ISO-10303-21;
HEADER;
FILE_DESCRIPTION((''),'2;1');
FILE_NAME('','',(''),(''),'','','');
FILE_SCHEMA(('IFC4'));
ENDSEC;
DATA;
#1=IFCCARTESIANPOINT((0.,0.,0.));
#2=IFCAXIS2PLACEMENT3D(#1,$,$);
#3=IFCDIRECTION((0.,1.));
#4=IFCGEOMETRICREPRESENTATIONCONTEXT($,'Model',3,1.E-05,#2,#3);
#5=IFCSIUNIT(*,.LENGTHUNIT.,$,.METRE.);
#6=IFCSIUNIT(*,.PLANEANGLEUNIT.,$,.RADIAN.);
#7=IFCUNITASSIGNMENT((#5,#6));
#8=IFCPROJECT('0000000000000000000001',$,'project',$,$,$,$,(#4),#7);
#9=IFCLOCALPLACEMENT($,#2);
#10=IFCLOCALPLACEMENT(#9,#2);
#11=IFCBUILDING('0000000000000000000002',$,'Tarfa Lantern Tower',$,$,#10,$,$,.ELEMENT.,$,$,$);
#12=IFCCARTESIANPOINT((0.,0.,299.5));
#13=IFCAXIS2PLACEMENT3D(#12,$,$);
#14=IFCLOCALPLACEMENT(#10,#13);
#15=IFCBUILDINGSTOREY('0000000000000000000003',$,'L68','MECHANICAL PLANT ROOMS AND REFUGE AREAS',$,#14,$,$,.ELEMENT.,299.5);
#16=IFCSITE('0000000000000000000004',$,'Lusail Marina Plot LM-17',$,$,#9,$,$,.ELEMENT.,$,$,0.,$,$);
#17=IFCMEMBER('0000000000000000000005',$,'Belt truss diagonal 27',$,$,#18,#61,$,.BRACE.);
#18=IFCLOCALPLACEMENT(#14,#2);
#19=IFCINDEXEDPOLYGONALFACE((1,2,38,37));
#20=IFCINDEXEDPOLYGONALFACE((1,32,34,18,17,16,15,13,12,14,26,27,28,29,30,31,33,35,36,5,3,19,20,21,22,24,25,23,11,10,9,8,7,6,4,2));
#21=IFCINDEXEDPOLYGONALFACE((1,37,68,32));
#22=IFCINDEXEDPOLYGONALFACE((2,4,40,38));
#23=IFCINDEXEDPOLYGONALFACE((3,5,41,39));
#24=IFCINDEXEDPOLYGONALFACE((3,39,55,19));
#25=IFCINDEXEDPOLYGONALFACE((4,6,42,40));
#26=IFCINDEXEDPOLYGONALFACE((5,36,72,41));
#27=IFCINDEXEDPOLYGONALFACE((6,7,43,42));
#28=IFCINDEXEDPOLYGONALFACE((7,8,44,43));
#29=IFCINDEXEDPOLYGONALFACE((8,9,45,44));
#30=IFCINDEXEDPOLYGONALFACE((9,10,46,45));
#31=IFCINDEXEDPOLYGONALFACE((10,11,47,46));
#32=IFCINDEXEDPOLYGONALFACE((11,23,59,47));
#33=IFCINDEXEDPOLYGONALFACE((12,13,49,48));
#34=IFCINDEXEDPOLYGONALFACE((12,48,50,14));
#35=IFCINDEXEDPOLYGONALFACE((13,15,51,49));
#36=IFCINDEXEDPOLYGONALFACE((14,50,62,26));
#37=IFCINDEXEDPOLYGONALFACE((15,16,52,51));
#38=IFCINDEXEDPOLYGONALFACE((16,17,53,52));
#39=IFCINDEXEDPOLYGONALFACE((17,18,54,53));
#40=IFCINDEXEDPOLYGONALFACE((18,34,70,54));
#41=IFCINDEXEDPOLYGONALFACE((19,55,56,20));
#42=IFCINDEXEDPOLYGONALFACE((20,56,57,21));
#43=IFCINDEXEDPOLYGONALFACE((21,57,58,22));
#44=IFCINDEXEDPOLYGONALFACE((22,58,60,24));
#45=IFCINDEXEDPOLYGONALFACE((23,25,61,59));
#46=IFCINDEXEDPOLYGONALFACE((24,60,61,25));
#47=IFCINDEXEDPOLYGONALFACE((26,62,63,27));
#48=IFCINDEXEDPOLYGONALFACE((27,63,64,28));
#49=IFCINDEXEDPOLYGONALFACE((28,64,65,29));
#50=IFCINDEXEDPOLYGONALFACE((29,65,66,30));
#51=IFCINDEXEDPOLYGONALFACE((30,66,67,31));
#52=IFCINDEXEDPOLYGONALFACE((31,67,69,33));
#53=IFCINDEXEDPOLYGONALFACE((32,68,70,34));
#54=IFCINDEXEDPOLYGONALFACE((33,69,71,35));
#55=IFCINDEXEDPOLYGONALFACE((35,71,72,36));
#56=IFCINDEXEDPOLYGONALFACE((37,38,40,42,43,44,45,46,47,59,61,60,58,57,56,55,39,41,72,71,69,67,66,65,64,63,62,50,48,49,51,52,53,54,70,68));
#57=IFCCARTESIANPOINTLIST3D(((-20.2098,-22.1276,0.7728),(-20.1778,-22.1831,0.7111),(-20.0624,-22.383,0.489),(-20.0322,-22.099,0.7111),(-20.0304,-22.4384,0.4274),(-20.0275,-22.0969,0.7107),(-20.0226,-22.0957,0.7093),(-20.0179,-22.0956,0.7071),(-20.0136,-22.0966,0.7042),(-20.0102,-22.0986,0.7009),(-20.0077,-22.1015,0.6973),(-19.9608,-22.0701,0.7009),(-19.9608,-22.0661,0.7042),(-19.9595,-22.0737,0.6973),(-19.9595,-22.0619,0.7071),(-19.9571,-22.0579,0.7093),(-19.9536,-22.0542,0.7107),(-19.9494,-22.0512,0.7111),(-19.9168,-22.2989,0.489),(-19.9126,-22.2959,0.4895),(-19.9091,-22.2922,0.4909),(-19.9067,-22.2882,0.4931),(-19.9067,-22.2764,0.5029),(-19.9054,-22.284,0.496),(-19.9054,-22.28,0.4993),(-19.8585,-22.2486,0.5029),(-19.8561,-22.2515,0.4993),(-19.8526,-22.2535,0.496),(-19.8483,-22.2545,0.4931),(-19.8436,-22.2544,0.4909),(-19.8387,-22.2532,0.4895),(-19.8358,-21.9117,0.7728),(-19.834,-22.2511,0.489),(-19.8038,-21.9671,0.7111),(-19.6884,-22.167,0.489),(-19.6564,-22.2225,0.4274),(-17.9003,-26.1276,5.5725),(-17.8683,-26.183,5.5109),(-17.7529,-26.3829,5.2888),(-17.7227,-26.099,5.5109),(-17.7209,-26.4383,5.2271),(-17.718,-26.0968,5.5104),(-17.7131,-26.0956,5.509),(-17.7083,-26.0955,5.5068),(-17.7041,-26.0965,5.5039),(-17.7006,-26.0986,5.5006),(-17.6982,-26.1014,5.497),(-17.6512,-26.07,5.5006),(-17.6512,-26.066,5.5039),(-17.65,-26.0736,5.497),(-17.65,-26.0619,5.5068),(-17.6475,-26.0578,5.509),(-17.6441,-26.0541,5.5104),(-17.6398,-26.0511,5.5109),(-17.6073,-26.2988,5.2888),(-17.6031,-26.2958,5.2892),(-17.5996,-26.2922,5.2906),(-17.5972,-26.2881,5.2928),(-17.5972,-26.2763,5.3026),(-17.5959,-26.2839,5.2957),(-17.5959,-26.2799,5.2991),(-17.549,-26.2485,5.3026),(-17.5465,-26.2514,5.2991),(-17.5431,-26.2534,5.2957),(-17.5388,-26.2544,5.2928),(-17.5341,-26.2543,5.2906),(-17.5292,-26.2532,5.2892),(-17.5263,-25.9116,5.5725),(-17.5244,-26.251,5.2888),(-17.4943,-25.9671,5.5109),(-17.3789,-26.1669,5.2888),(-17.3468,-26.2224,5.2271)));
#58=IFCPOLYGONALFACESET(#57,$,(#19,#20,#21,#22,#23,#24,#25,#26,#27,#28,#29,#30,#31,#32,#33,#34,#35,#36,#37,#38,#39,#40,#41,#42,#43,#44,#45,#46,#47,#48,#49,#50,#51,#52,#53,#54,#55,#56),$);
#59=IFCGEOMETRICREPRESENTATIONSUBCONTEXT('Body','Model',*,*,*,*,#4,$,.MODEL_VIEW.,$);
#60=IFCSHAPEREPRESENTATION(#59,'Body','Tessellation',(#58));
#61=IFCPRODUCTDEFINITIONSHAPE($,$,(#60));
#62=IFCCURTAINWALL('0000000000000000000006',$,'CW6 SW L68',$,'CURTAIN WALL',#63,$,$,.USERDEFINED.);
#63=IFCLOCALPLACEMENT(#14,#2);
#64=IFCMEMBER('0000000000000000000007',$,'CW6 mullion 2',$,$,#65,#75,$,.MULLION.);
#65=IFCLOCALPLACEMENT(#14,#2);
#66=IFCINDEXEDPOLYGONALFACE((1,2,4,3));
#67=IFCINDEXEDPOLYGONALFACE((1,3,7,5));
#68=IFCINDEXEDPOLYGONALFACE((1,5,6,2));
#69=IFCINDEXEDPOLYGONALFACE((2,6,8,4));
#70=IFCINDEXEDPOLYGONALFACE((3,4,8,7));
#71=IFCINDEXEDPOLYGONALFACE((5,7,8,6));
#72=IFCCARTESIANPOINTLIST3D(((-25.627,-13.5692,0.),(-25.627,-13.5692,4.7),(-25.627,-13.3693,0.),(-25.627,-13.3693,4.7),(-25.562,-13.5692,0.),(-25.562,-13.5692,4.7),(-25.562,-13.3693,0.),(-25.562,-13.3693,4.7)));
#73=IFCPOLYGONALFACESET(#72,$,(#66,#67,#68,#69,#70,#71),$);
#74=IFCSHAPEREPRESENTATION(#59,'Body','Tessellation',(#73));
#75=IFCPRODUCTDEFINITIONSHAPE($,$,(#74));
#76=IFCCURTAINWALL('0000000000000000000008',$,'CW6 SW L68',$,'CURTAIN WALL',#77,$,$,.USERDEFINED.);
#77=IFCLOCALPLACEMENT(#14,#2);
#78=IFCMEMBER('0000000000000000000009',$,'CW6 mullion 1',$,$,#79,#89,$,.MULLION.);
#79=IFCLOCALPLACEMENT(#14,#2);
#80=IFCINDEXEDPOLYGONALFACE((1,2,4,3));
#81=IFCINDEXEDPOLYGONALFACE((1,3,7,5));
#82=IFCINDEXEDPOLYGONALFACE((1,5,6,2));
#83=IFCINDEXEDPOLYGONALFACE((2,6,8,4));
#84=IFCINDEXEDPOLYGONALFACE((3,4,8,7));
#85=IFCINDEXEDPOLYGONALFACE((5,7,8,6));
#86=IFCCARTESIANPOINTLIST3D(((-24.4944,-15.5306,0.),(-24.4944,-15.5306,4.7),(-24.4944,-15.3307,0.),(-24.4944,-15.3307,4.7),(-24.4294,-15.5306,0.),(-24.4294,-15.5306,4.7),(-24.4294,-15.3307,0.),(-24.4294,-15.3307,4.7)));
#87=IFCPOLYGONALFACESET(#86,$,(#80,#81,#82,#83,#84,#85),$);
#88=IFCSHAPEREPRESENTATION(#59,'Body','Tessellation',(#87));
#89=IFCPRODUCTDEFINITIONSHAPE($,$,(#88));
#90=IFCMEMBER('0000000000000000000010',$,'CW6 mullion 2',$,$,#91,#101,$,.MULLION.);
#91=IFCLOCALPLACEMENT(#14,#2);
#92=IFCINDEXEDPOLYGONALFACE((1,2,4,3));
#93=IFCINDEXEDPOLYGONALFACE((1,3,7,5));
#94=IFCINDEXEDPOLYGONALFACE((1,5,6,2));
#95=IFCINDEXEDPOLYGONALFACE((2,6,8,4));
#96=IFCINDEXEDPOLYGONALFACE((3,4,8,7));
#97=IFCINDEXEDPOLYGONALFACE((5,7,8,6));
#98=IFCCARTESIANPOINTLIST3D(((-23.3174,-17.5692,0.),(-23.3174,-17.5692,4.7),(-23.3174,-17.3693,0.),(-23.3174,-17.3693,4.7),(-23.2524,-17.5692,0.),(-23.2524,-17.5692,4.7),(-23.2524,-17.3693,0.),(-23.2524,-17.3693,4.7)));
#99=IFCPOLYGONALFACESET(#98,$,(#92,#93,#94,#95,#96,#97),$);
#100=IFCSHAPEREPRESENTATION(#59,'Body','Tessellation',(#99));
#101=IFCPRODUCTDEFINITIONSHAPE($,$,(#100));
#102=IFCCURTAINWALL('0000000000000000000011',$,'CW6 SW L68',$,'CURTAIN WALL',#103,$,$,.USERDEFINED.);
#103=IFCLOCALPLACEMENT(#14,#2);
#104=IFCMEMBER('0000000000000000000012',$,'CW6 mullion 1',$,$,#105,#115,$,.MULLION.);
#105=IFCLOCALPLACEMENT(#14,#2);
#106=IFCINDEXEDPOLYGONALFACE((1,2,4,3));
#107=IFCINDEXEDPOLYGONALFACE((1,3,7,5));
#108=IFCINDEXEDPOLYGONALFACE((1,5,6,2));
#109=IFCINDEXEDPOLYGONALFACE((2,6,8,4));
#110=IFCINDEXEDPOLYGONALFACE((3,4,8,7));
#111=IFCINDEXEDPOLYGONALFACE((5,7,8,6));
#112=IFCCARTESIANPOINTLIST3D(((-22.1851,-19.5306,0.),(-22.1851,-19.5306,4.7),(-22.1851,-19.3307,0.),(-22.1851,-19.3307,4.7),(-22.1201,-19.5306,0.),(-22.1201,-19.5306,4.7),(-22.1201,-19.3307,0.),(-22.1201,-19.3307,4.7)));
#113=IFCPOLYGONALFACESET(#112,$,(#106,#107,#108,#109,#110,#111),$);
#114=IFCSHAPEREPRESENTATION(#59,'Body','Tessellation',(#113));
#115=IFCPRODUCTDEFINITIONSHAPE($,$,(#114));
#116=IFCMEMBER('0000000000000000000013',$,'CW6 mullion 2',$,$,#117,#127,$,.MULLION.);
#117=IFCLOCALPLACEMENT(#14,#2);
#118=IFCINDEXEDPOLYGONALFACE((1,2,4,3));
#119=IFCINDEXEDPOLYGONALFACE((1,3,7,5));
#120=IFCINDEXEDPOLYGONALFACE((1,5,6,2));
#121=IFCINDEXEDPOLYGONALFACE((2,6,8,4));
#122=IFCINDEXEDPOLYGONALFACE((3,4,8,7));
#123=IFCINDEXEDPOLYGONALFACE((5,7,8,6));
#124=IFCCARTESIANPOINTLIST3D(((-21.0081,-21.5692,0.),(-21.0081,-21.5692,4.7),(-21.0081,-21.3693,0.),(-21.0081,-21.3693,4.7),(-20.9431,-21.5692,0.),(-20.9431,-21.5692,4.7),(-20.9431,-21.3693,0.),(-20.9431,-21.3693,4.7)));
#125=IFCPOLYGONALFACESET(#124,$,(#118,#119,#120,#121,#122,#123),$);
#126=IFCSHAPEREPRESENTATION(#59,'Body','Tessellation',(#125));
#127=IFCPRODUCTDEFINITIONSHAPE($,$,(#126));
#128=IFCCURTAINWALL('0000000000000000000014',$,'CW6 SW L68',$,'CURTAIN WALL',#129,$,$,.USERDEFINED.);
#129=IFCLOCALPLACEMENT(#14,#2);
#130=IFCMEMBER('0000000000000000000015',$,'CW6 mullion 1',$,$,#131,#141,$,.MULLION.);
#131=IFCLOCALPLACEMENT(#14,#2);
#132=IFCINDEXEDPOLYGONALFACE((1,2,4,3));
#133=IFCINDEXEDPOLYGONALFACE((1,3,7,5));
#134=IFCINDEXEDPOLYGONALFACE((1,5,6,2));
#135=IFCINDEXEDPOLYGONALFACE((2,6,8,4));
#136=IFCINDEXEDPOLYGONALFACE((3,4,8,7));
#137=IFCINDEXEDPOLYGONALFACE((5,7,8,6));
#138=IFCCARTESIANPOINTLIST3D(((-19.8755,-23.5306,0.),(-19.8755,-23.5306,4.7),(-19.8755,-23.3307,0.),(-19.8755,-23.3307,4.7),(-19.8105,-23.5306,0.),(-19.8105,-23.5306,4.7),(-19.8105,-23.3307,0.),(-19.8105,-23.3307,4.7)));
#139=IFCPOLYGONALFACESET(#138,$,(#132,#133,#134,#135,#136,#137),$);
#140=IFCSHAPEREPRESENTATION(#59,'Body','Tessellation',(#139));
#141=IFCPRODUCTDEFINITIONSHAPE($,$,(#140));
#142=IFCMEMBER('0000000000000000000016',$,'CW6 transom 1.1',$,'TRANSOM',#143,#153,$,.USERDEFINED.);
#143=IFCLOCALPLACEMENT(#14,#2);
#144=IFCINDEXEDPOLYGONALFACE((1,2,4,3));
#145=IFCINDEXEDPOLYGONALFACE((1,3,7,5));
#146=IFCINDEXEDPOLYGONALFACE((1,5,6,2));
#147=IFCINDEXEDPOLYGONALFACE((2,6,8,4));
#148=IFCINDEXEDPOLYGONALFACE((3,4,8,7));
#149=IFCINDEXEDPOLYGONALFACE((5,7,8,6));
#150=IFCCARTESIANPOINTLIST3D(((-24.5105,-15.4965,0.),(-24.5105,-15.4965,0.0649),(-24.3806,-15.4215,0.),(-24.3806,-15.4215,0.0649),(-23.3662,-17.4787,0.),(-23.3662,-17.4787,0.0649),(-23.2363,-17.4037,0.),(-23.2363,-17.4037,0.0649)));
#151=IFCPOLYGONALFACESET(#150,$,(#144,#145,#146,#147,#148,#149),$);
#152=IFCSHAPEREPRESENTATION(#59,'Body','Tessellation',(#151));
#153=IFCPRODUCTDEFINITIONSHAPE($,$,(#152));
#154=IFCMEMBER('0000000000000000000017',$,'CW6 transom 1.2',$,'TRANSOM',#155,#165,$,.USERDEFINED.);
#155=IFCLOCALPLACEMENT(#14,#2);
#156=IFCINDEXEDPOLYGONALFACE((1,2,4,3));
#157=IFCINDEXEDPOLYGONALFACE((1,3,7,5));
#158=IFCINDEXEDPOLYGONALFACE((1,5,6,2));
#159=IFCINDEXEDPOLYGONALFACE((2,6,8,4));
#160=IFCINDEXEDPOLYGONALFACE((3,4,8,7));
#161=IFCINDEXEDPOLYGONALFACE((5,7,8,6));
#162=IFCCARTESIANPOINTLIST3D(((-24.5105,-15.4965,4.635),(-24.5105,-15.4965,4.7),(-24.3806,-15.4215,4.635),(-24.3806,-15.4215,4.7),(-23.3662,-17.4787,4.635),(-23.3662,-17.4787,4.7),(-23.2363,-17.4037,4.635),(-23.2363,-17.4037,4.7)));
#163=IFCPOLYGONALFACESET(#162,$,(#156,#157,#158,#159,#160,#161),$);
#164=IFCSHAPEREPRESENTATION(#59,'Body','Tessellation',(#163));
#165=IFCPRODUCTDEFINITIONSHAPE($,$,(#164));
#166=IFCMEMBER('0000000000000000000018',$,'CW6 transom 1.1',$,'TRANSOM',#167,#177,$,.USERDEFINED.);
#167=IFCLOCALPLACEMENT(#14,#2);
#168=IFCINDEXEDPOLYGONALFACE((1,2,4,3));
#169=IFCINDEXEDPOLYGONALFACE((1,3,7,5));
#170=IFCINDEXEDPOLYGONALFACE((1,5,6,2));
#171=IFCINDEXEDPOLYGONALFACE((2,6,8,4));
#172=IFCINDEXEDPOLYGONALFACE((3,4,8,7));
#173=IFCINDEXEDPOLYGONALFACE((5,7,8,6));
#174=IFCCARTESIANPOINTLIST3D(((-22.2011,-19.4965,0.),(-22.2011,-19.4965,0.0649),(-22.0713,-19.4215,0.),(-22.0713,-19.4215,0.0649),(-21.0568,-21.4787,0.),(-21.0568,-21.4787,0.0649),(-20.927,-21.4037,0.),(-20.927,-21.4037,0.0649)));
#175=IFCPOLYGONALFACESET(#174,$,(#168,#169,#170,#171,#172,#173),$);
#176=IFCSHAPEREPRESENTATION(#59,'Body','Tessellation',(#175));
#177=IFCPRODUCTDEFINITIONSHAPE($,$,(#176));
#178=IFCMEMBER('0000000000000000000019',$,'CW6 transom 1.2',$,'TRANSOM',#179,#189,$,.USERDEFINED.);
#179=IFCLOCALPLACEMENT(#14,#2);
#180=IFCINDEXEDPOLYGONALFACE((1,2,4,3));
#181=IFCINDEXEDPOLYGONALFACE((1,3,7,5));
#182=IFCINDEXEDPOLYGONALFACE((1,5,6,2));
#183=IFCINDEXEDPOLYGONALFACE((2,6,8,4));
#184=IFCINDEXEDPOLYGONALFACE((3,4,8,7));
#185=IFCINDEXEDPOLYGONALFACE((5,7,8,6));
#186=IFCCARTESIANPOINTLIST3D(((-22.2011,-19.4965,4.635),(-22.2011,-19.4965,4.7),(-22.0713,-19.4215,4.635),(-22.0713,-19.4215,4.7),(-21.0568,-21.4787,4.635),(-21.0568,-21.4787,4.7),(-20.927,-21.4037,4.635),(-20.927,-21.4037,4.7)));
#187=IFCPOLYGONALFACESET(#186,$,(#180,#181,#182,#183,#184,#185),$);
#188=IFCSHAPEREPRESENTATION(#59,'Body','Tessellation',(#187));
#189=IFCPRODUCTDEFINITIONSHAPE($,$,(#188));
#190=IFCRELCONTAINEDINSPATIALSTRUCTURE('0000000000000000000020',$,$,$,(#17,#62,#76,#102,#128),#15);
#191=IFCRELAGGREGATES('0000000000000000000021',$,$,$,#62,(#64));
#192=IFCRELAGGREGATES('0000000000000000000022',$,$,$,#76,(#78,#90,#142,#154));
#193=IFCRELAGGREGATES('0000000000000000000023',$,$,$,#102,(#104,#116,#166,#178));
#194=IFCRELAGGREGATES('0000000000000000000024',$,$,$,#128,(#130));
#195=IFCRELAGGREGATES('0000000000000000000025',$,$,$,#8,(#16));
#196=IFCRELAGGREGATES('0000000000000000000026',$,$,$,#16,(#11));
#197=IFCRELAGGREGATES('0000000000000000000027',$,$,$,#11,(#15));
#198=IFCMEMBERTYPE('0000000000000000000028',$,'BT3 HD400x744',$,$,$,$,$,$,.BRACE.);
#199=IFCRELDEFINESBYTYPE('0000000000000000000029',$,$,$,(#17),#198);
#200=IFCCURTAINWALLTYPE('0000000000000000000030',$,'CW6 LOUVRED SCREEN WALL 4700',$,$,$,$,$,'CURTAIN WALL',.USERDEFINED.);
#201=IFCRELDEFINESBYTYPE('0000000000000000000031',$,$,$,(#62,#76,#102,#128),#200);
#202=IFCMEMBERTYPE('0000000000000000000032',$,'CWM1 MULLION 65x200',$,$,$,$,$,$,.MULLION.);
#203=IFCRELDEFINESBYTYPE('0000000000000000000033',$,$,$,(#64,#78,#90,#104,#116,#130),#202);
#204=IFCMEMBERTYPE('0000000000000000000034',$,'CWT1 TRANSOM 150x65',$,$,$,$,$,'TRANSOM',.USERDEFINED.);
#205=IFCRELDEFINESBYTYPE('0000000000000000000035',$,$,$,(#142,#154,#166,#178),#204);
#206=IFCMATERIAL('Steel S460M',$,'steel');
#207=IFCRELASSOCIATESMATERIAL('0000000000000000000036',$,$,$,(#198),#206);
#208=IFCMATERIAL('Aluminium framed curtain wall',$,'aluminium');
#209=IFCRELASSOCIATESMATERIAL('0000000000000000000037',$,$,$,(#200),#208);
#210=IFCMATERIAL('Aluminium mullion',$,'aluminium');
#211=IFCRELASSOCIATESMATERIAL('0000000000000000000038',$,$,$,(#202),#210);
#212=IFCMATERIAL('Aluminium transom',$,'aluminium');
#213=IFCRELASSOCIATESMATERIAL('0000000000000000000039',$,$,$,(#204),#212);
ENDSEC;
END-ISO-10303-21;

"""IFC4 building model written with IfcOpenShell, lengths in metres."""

from ifc_helpers import new_model, si_unit, direction, frame, origin, origin_2d, place, context, subcontext, project, spatial, rectangle, i_section, extrude, material, material_profile, profile_set, type_object, element, aggregate, save


model = new_model("IFC4")

# Units and contexts
model_context = context("Model", 3, precision=1e-05, world=origin(), true_north=direction((0.0, 1.0)))
body_context = subcontext(model_context, "Body", "Model", "MODEL_VIEW")
ifc_project = project(units=[si_unit("LENGTHUNIT", "METRE"), si_unit("PLANEANGLEUNIT", "RADIAN")], contexts=[model_context])

# Site, building, storey
site_placement = place(None, origin())
site = spatial("IfcSite", under=ifc_project, at=site_placement, Name="Lusail Marina Plot LM-17", CompositionType="ELEMENT", RefElevation=0.0)
building_placement = place(site_placement, origin())
building = spatial("IfcBuilding", under=site, at=building_placement, Name="Tarfa Lantern Tower", CompositionType="ELEMENT")
storey_placement = place(building_placement, frame((0.0, 0.0, 299.5)))
storey = spatial("IfcBuildingStorey", under=building, at=storey_placement, Name="L68", Description="MECHANICAL PLANT ROOMS AND REFUGE AREAS", CompositionType="ELEMENT", Elevation=299.5)

# Member
ifc_material_1 = material(Name="Steel S460M", Category="steel")
ifc_material_profile_1 = material_profile(ifc_material_1, i_section(OverallWidth=0.4319, OverallDepth=0.498, WebThickness=0.0557, FlangeThickness=0.0889, FilletRadius=0.02, at=origin_2d()), Name="HD400x744")
ifc_profile_set_1 = profile_set([ifc_material_profile_1], Name="Steel S460M")
member_type_1 = type_object("IfcMemberType", Name="BT3 HD400x744", PredefinedType="BRACE", material=ifc_profile_set_1)
for number, where, z_axis, x_axis, name in (
    (1, (-19.9331, -22.175, 0.6001), (0.346717, -0.600488, 0.720556), (0.86601, 0.500027, 0.0), "Belt truss diagonal 27"),
):
    element("IfcMember", number, at=place(storey_placement, frame(where, z_axis=z_axis, x_axis=x_axis)), inside=storey, type_object=member_type_1, Name=name, PredefinedType="BRACE", context=body_context, shape_type="SweptSolid", body=[
        extrude(i_section(OverallWidth=0.4319, OverallDepth=0.498, WebThickness=0.0557, FlangeThickness=0.0889, FilletRadius=0.02, at=origin_2d()), origin(), (0.0, 0.0, 1.0), 6.6611),
    ])

# Curtain wall, member
ifc_material_2 = material(Name="Aluminium framed curtain wall", Category="aluminium")
curtain_wall_type = type_object("IfcCurtainWallType", Name="CW6 LOUVRED SCREEN WALL 4700", ElementType="CURTAIN WALL", PredefinedType="USERDEFINED", material=ifc_material_2)
curtain_wall_1_placement = place(storey_placement, origin())
curtain_wall_1 = element("IfcCurtainWall", 2, at=curtain_wall_1_placement, inside=storey, type_object=curtain_wall_type, Name="CW6 SW L68", ObjectType="CURTAIN WALL", PredefinedType="USERDEFINED")
ifc_material_3 = material(Name="Aluminium mullion", Category="aluminium")
ifc_material_profile_2 = material_profile(ifc_material_3, rectangle(XDim=0.0649, YDim=0.2, at=origin_2d()), Name="AL MULLION 65x200")
ifc_profile_set_2 = profile_set([ifc_material_profile_2], Name="Aluminium mullion")
member_type_2 = type_object("IfcMemberType", Name="CWM1 MULLION 65x200", PredefinedType="MULLION", material=ifc_profile_set_2)
member_1_placement = place(storey_placement, frame((-25.5945, -13.4692, 0.0), z_axis=(0.0, 0.0, 1.0), x_axis=(1.0, 0.0, 0.0)))
member_1 = element("IfcMember", 3, at=member_1_placement, type_object=member_type_2, Name="CW6 mullion 2", PredefinedType="MULLION", context=body_context, shape_type="SweptSolid", body=[
    extrude(rectangle(XDim=0.0649, YDim=0.2, at=origin_2d()), origin(), (0.0, 0.0, 1.0), 4.7),
])
aggregate(curtain_wall_1, [member_1])

# Curtain walls, members
curtain_wall_2_placement = place(storey_placement, origin())
curtain_wall_2 = element("IfcCurtainWall", 4, at=curtain_wall_2_placement, inside=storey, type_object=curtain_wall_type, Name="CW6 SW L68", ObjectType="CURTAIN WALL", PredefinedType="USERDEFINED")
member_2_placement = place(storey_placement, frame((-24.4619, -15.4307, 0.0), z_axis=(0.0, 0.0, 1.0), x_axis=(1.0, 0.0, 0.0)))
member_2 = element("IfcMember", 5, at=member_2_placement, type_object=member_type_2, Name="CW6 mullion 1", PredefinedType="MULLION", context=body_context, shape_type="SweptSolid", body=[
    extrude(rectangle(XDim=0.0649, YDim=0.2, at=origin_2d()), origin(), (0.0, 0.0, 1.0), 4.7),
])
member_3_placement = place(storey_placement, frame((-23.2849, -17.4692, 0.0), z_axis=(0.0, 0.0, 1.0), x_axis=(1.0, 0.0, 0.0)))
member_3 = element("IfcMember", 6, at=member_3_placement, type_object=member_type_2, Name="CW6 mullion 2", PredefinedType="MULLION", context=body_context, shape_type="SweptSolid", body=[
    extrude(rectangle(XDim=0.0649, YDim=0.2, at=origin_2d()), origin(), (0.0, 0.0, 1.0), 4.7),
])
curtain_wall_3_placement = place(storey_placement, origin())
curtain_wall_3 = element("IfcCurtainWall", 7, at=curtain_wall_3_placement, inside=storey, type_object=curtain_wall_type, Name="CW6 SW L68", ObjectType="CURTAIN WALL", PredefinedType="USERDEFINED")
member_4_placement = place(storey_placement, frame((-22.1526, -19.4307, 0.0), z_axis=(0.0, 0.0, 1.0), x_axis=(1.0, 0.0, 0.0)))
member_4 = element("IfcMember", 8, at=member_4_placement, type_object=member_type_2, Name="CW6 mullion 1", PredefinedType="MULLION", context=body_context, shape_type="SweptSolid", body=[
    extrude(rectangle(XDim=0.0649, YDim=0.2, at=origin_2d()), origin(), (0.0, 0.0, 1.0), 4.7),
])
member_5_placement = place(storey_placement, frame((-20.9756, -21.4692, 0.0), z_axis=(0.0, 0.0, 1.0), x_axis=(1.0, 0.0, 0.0)))
member_5 = element("IfcMember", 9, at=member_5_placement, type_object=member_type_2, Name="CW6 mullion 2", PredefinedType="MULLION", context=body_context, shape_type="SweptSolid", body=[
    extrude(rectangle(XDim=0.0649, YDim=0.2, at=origin_2d()), origin(), (0.0, 0.0, 1.0), 4.7),
])

# Curtain wall, member
curtain_wall_4_placement = place(storey_placement, origin())
curtain_wall_4 = element("IfcCurtainWall", 10, at=curtain_wall_4_placement, inside=storey, type_object=curtain_wall_type, Name="CW6 SW L68", ObjectType="CURTAIN WALL", PredefinedType="USERDEFINED")
member_6_placement = place(storey_placement, frame((-19.843, -23.4307, 0.0), z_axis=(0.0, 0.0, 1.0), x_axis=(1.0, 0.0, 0.0)))
member_6 = element("IfcMember", 11, at=member_6_placement, type_object=member_type_2, Name="CW6 mullion 1", PredefinedType="MULLION", context=body_context, shape_type="SweptSolid", body=[
    extrude(rectangle(XDim=0.0649, YDim=0.2, at=origin_2d()), origin(), (0.0, 0.0, 1.0), 4.7),
])

# Members
ifc_material_4 = material(Name="Aluminium transom", Category="aluminium")
ifc_material_profile_3 = material_profile(ifc_material_4, rectangle(XDim=0.1499, YDim=0.0649, at=origin_2d()), Name="AL TRANSOM 150x65")
ifc_profile_set_3 = profile_set([ifc_material_profile_3], Name="Aluminium transom")
member_type_3 = type_object("IfcMemberType", Name="CWT1 TRANSOM 150x65", ElementType="TRANSOM", PredefinedType="USERDEFINED", material=ifc_profile_set_3)
member_7_placement = place(storey_placement, frame((-24.4456, -15.459, 0.0325), z_axis=(0.499959, -0.866049, 0.0), x_axis=(0.866049, 0.499959, 0.0)))
member_7 = element("IfcMember", 12, at=member_7_placement, type_object=member_type_3, Name="CW6 transom 1.1", ObjectType="TRANSOM", PredefinedType="USERDEFINED", context=body_context, shape_type="SweptSolid", body=[
    extrude(rectangle(XDim=0.1499, YDim=0.0649, at=origin_2d()), origin(), (0.0, 0.0, 1.0), 2.2888),
])
member_8_placement = place(storey_placement, frame((-24.4456, -15.459, 4.6675), z_axis=(0.499959, -0.866049, 0.0), x_axis=(0.866049, 0.499959, 0.0)))
member_8 = element("IfcMember", 13, at=member_8_placement, type_object=member_type_3, Name="CW6 transom 1.2", ObjectType="TRANSOM", PredefinedType="USERDEFINED", context=body_context, shape_type="SweptSolid", body=[
    extrude(rectangle(XDim=0.1499, YDim=0.0649, at=origin_2d()), origin(), (0.0, 0.0, 1.0), 2.2888),
])
member_9_placement = place(storey_placement, frame((-22.1362, -19.459, 0.0325), z_axis=(0.499959, -0.866049, 0.0), x_axis=(0.866049, 0.499959, 0.0)))
member_9 = element("IfcMember", 14, at=member_9_placement, type_object=member_type_3, Name="CW6 transom 1.1", ObjectType="TRANSOM", PredefinedType="USERDEFINED", context=body_context, shape_type="SweptSolid", body=[
    extrude(rectangle(XDim=0.1499, YDim=0.0649, at=origin_2d()), origin(), (0.0, 0.0, 1.0), 2.2888),
])
member_10_placement = place(storey_placement, frame((-22.1362, -19.459, 4.6675), z_axis=(0.499959, -0.866049, 0.0), x_axis=(0.866049, 0.499959, 0.0)))
member_10 = element("IfcMember", 15, at=member_10_placement, type_object=member_type_3, Name="CW6 transom 1.2", ObjectType="TRANSOM", PredefinedType="USERDEFINED", context=body_context, shape_type="SweptSolid", body=[
    extrude(rectangle(XDim=0.1499, YDim=0.0649, at=origin_2d()), origin(), (0.0, 0.0, 1.0), 2.2888),
])

aggregate(curtain_wall_2, [member_2, member_3, member_7, member_8])
aggregate(curtain_wall_3, [member_4, member_5, member_9, member_10])
aggregate(curtain_wall_4, [member_6])

save(model, "model.ifc")
